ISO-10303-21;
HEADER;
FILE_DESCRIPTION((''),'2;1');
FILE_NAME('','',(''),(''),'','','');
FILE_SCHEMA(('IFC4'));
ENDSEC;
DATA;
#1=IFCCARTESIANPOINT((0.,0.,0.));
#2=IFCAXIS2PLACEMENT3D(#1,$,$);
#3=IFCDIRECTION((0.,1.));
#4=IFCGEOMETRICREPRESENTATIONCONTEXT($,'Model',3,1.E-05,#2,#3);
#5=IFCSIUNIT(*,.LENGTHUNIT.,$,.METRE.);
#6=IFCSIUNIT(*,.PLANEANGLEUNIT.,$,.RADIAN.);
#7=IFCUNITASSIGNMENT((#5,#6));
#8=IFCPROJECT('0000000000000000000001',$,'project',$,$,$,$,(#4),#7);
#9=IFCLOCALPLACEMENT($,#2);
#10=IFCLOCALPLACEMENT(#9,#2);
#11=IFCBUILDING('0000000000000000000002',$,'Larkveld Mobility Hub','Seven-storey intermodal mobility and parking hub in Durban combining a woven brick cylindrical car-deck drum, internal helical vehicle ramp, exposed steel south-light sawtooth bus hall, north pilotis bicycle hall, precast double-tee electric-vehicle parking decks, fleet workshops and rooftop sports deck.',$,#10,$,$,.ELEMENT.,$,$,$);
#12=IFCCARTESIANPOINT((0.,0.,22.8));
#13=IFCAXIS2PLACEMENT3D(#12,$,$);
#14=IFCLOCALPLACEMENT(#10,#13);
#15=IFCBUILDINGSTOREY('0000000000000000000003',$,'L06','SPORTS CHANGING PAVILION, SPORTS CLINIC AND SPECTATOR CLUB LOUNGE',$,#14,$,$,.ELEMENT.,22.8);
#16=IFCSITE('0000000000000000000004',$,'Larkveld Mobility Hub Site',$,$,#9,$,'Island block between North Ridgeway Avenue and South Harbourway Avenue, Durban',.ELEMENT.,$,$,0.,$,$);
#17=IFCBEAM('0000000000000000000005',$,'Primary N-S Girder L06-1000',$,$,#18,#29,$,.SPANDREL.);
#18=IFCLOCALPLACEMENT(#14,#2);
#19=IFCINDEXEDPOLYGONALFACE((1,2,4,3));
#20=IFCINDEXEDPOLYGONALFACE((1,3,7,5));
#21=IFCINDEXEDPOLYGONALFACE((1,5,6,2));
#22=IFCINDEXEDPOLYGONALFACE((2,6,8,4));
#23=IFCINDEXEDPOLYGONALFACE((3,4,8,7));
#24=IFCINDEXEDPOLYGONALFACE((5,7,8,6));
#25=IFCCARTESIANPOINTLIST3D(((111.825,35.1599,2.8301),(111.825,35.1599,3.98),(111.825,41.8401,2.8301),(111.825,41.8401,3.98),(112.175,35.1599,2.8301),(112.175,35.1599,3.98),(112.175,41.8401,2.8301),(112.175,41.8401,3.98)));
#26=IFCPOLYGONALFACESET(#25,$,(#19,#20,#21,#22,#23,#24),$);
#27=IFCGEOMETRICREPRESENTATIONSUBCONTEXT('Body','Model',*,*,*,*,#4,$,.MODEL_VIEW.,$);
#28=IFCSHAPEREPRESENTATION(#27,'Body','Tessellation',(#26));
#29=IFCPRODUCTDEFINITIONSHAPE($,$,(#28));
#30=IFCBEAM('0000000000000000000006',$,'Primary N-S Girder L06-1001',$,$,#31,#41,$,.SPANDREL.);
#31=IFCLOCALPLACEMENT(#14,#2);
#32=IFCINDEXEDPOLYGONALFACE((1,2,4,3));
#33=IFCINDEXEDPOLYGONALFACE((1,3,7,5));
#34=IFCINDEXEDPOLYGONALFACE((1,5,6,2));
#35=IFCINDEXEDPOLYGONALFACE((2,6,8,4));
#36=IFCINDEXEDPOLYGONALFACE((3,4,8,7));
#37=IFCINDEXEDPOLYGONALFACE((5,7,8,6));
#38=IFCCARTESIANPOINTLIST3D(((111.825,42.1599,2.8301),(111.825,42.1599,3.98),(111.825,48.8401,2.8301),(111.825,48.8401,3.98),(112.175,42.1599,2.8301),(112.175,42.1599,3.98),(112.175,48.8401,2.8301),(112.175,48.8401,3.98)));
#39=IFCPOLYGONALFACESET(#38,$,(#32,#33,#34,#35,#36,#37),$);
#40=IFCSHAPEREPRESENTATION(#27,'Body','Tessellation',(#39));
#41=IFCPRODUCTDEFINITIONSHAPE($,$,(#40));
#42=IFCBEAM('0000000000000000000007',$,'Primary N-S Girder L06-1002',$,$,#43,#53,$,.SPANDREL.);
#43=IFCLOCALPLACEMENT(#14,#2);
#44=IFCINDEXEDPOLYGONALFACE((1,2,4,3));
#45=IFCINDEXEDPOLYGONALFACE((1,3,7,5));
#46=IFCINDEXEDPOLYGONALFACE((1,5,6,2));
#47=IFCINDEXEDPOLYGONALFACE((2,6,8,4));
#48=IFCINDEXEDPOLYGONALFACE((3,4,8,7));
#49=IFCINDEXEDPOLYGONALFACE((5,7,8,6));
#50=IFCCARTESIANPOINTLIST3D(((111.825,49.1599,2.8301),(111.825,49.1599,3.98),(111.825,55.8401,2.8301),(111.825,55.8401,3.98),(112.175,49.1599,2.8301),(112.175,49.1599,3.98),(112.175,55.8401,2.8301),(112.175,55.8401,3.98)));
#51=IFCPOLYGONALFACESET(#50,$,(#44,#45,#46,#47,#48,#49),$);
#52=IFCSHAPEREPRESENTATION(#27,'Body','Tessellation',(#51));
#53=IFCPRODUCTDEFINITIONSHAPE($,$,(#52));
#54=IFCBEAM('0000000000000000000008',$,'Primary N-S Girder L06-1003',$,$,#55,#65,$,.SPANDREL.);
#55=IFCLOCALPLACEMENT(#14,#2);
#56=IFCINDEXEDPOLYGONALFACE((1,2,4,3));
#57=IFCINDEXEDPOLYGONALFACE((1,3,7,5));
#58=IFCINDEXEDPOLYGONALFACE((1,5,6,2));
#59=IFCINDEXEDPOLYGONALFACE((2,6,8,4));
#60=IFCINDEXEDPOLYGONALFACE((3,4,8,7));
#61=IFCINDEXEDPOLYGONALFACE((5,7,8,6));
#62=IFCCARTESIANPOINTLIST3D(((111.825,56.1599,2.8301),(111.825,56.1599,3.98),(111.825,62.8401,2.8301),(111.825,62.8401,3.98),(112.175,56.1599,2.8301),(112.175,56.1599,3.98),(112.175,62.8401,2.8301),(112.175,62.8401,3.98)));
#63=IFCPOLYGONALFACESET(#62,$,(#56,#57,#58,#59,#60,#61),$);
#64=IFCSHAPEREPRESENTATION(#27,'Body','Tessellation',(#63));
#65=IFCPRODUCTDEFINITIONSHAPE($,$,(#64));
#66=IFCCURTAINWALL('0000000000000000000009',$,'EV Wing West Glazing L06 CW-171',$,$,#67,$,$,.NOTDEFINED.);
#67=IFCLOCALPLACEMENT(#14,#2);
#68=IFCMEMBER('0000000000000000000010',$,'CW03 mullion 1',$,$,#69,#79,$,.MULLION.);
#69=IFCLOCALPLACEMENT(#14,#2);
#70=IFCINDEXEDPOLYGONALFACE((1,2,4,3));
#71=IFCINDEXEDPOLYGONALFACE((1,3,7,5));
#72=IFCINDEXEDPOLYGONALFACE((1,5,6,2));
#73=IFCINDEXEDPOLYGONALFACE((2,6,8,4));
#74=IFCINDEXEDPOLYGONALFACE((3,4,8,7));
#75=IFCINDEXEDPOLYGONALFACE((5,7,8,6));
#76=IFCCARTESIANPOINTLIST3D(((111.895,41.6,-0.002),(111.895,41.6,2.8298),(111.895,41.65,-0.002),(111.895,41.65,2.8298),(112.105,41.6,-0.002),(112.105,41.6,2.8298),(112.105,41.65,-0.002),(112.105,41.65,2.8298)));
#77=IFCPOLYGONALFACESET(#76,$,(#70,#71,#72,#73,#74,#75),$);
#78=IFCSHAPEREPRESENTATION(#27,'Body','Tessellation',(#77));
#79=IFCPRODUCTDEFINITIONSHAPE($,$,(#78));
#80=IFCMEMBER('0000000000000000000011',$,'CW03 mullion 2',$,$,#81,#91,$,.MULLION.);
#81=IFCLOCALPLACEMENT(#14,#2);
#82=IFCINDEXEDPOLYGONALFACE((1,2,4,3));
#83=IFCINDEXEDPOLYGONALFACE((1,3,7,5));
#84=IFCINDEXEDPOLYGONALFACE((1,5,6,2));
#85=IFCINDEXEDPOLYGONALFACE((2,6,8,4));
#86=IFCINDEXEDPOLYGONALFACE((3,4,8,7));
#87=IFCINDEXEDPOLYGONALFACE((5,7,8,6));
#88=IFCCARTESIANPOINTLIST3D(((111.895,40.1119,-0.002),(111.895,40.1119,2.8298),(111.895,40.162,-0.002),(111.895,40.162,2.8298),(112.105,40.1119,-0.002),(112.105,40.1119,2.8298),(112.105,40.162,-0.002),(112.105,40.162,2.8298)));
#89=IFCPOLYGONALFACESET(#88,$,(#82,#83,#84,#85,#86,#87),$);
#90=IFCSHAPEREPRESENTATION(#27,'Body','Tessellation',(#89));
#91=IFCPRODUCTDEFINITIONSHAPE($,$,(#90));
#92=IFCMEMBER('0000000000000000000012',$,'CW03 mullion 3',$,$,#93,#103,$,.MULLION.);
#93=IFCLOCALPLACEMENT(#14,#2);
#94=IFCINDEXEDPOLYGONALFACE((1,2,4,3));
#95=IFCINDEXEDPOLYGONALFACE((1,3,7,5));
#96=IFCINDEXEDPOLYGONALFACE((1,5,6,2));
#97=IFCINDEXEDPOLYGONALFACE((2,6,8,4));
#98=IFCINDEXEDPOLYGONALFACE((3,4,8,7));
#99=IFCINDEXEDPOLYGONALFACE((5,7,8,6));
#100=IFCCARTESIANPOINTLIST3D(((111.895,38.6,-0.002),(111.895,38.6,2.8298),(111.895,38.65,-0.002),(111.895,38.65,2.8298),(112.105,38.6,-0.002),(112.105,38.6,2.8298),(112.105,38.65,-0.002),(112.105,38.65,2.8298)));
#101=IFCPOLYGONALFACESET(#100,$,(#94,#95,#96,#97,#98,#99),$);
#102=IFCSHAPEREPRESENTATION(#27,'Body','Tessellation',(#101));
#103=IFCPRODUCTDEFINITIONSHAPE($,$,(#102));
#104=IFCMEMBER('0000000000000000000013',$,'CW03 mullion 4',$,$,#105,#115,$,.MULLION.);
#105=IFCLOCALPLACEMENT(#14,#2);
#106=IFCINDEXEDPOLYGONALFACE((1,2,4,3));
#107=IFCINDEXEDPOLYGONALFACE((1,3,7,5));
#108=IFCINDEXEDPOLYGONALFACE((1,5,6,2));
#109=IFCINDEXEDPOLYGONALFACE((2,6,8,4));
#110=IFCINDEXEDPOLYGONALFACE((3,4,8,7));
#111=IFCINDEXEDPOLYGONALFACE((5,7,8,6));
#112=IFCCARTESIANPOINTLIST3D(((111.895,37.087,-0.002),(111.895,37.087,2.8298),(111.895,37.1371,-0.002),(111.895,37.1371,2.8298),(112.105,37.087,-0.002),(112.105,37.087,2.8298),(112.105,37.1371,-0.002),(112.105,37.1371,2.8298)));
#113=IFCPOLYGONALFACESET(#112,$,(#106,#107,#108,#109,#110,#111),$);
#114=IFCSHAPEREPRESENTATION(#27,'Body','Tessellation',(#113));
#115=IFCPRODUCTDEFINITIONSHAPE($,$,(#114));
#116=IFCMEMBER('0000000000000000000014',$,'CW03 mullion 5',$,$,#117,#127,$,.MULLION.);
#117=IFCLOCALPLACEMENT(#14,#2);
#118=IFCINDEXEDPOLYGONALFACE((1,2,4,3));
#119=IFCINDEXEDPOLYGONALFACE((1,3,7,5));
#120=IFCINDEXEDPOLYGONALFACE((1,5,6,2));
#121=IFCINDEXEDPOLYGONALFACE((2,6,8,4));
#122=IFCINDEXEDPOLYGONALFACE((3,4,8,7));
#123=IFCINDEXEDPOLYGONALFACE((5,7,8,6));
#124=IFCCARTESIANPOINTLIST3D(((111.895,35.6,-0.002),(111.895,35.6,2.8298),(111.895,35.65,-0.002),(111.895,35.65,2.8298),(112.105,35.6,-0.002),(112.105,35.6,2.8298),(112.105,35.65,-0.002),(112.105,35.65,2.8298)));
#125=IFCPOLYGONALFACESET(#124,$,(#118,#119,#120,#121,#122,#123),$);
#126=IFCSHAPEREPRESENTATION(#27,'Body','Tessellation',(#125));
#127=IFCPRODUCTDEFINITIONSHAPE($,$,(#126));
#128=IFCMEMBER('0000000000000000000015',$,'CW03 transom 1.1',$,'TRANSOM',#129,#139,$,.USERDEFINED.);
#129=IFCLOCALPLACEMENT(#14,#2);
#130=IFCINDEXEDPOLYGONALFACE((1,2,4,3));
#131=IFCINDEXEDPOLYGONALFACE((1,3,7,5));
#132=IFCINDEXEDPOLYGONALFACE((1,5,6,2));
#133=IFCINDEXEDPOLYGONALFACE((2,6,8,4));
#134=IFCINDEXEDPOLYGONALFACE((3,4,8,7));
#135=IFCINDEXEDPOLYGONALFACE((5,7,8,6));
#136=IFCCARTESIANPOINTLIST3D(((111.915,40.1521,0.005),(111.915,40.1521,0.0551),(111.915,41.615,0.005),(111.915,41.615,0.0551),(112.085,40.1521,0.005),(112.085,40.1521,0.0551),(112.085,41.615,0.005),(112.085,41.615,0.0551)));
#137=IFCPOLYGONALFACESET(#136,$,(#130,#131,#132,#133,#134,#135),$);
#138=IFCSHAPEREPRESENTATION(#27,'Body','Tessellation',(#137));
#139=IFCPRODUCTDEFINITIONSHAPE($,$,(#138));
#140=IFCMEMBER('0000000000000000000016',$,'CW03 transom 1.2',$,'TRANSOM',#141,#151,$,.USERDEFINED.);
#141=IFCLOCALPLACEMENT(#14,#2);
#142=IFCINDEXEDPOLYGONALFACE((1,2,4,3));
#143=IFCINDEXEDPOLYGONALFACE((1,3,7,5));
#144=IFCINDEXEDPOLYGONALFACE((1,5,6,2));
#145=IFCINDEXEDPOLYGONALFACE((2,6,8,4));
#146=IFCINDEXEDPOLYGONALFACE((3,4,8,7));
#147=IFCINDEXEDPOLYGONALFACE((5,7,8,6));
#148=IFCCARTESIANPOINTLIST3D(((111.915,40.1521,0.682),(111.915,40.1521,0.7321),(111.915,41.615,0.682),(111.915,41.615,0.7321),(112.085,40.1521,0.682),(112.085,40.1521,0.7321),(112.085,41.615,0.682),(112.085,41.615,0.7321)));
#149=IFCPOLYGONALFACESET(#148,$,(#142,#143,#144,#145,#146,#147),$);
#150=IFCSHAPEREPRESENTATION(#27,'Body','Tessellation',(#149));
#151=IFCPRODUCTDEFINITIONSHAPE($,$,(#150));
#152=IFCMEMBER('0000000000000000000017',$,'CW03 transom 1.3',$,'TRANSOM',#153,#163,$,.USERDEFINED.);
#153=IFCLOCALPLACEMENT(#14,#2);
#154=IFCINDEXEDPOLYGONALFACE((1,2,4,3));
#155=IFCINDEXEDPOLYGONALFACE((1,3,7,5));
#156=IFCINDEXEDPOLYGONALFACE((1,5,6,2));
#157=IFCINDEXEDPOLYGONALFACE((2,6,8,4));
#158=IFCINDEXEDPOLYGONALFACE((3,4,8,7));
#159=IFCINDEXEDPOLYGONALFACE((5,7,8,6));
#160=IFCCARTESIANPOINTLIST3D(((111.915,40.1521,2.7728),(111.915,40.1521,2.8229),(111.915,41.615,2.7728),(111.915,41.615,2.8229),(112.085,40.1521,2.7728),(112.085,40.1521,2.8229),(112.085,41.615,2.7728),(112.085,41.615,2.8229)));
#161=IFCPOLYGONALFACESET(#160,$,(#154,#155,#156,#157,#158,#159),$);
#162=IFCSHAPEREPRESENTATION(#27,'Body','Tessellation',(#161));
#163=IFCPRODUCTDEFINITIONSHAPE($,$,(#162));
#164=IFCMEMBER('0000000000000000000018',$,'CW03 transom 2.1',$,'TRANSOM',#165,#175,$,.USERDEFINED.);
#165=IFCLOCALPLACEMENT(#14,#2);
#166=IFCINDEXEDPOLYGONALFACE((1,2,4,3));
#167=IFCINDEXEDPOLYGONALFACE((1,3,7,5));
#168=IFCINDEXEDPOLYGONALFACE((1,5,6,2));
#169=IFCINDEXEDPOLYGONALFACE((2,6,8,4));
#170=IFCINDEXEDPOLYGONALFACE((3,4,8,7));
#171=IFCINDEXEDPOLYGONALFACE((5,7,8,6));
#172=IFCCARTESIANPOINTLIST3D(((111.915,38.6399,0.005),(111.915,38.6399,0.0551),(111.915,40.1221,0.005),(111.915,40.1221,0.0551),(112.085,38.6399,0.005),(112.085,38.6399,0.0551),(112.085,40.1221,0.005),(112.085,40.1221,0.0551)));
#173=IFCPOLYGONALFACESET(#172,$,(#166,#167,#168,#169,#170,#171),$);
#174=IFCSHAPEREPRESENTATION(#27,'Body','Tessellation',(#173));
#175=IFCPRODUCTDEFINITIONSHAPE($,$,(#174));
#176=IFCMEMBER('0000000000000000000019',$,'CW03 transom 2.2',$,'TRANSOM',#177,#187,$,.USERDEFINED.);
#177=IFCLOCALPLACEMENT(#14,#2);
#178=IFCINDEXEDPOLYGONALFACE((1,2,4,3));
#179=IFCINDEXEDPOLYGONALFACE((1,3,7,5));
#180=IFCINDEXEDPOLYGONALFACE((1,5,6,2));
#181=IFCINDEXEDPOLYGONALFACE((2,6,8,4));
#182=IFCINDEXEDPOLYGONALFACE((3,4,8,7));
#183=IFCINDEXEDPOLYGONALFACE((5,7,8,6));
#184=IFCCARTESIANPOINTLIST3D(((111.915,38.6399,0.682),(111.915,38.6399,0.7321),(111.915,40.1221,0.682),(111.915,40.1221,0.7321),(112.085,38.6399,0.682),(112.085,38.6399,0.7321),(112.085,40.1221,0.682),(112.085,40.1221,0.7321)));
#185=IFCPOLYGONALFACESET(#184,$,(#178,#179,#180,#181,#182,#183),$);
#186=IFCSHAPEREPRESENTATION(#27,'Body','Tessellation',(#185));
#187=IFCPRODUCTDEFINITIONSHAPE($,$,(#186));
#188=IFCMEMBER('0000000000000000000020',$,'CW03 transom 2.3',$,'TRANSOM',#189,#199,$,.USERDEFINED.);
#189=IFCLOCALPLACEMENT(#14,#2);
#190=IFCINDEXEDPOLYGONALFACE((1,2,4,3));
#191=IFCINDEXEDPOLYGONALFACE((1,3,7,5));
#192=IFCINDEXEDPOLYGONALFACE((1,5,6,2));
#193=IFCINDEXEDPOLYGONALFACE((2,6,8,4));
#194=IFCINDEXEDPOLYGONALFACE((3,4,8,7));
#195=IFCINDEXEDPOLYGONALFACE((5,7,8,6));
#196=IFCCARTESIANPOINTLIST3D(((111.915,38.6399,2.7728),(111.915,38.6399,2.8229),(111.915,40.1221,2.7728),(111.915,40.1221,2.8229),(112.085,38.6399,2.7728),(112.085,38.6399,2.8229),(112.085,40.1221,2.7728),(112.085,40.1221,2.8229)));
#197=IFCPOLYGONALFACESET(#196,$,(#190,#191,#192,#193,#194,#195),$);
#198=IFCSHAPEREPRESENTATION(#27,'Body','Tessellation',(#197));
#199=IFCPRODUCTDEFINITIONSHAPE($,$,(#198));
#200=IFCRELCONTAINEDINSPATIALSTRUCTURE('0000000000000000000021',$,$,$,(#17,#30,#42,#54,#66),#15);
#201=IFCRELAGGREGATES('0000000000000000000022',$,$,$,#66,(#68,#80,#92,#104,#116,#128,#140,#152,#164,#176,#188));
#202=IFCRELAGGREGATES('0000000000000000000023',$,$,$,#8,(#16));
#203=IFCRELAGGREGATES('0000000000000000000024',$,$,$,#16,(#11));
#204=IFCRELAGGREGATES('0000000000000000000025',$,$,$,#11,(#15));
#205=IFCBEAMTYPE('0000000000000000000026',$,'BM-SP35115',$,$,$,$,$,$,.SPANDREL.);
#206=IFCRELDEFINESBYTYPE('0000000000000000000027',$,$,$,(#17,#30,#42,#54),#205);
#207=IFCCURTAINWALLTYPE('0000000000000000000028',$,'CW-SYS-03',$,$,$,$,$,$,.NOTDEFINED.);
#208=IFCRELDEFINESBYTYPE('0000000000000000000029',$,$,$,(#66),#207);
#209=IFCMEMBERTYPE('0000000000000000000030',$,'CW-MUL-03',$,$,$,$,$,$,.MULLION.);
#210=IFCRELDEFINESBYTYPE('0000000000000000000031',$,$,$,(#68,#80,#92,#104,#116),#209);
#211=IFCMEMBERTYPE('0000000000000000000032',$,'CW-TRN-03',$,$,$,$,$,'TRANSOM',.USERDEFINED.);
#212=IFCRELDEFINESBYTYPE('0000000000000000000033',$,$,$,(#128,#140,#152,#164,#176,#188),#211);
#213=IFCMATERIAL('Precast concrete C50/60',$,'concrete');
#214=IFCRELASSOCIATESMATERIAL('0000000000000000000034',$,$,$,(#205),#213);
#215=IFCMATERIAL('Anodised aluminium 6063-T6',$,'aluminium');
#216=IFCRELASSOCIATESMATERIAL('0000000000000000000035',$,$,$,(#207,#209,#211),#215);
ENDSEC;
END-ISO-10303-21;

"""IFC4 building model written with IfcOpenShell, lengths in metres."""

from ifc_helpers import new_model, si_unit, direction, frame, origin, origin_2d, place, context, subcontext, project, spatial, rectangle, extrude, material, material_profile, profile_set, type_object, element, aggregate, save


model = new_model("IFC4")

# Units and contexts
model_context = context("Model", 3, precision=1e-05, world=origin(), true_north=direction((0.0, 1.0)))
body_context = subcontext(model_context, "Body", "Model", "MODEL_VIEW")
ifc_project = project(units=[si_unit("LENGTHUNIT", "METRE"), si_unit("PLANEANGLEUNIT", "RADIAN")], contexts=[model_context])

# Site, building, storey
site_placement = place(None, origin())
site = spatial("IfcSite", under=ifc_project, at=site_placement, Name="Larkveld Mobility Hub Site", LongName="Island block between North Ridgeway Avenue and South Harbourway Avenue, Durban", CompositionType="ELEMENT", RefElevation=0.0)
building_placement = place(site_placement, origin())
building = spatial("IfcBuilding", under=site, at=building_placement, Name="Larkveld Mobility Hub", Description="Seven-storey intermodal mobility and parking hub in Durban combining a woven brick cylindrical car-deck drum, internal helical vehicle ramp, exposed steel south-light sawtooth bus hall, north pilotis bicycle hall, precast double-tee electric-vehicle parking decks, fleet workshops and rooftop sports deck.", CompositionType="ELEMENT")
storey_placement = place(building_placement, frame((0.0, 0.0, 22.8)))
storey = spatial("IfcBuildingStorey", under=building, at=storey_placement, Name="L06", Description="SPORTS CHANGING PAVILION, SPORTS CLINIC AND SPECTATOR CLUB LOUNGE", CompositionType="ELEMENT", Elevation=22.8)

# Beams
ifc_material_1 = material(Name="Precast concrete C50/60", Category="concrete")
ifc_material_profile_1 = material_profile(ifc_material_1, rectangle(XDim=0.3501, YDim=1.1499, at=origin_2d()), Name="PC SP 350x1150")
ifc_profile_set_1 = profile_set([ifc_material_profile_1], Name="Precast concrete C50/60")
beam_type = type_object("IfcBeamType", Name="BM-SP35115", PredefinedType="SPANDREL", material=ifc_profile_set_1)
for number, where, z_axis, x_axis, name in (
    (1, (112.0, 35.1599, 3.405), (0.0, 1.0, 0.0), (-1.0, 0.0, 0.0), "Primary N-S Girder L06-1000"),
    (2, (112.0, 42.1599, 3.405), (0.0, 1.0, 0.0), (-1.0, 0.0, 0.0), "Primary N-S Girder L06-1001"),
    (3, (112.0, 49.1599, 3.405), (0.0, 1.0, 0.0), (-1.0, 0.0, 0.0), "Primary N-S Girder L06-1002"),
    (4, (112.0, 56.1599, 3.405), (0.0, 1.0, 0.0), (-1.0, 0.0, 0.0), "Primary N-S Girder L06-1003"),
):
    element("IfcBeam", number, at=place(storey_placement, frame(where, z_axis=z_axis, x_axis=x_axis)), inside=storey, type_object=beam_type, Name=name, PredefinedType="SPANDREL", context=body_context, shape_type="SweptSolid", body=[
        extrude(rectangle(XDim=0.3501, YDim=1.1499, at=origin_2d()), origin(), (0.0, 0.0, 1.0), 6.6802),
    ])

# Curtain wall, members
ifc_material_2 = material(Name="Anodised aluminium 6063-T6", Category="aluminium")
curtain_wall_type = type_object("IfcCurtainWallType", Name="CW-SYS-03", PredefinedType="NOTDEFINED", material=ifc_material_2)
curtain_wall_placement = place(storey_placement, origin())
curtain_wall = element("IfcCurtainWall", 5, at=curtain_wall_placement, inside=storey, type_object=curtain_wall_type, Name="EV Wing West Glazing L06 CW-171", PredefinedType="NOTDEFINED")
ifc_material_profile_2 = material_profile(ifc_material_2, rectangle(XDim=0.05, YDim=0.21, at=origin_2d()), Name="ALU MULL 50x210")
ifc_profile_set_2 = profile_set([ifc_material_profile_2], Name="Anodised aluminium 6063-T6")
member_type_1 = type_object("IfcMemberType", Name="CW-MUL-03", PredefinedType="MULLION", material=ifc_profile_set_2)
member_1_placement = place(storey_placement, frame((112.0, 41.625, -0.002), z_axis=(0.0, 0.0, 1.0), x_axis=(0.0, -1.0, 0.0)))
member_1 = element("IfcMember", 6, at=member_1_placement, type_object=member_type_1, Name="CW03 mullion 1", PredefinedType="MULLION", context=body_context, shape_type="SweptSolid", body=[
    extrude(rectangle(XDim=0.05, YDim=0.21, at=origin_2d()), origin(), (0.0, 0.0, 1.0), 2.8318),
])
member_2_placement = place(storey_placement, frame((112.0, 40.137, -0.002), z_axis=(0.0, 0.0, 1.0), x_axis=(0.0, -1.0, 0.0)))
member_2 = element("IfcMember", 7, at=member_2_placement, type_object=member_type_1, Name="CW03 mullion 2", PredefinedType="MULLION", context=body_context, shape_type="SweptSolid", body=[
    extrude(rectangle(XDim=0.05, YDim=0.21, at=origin_2d()), origin(), (0.0, 0.0, 1.0), 2.8318),
])
member_3_placement = place(storey_placement, frame((112.0, 38.625, -0.002), z_axis=(0.0, 0.0, 1.0), x_axis=(0.0, -1.0, 0.0)))
member_3 = element("IfcMember", 8, at=member_3_placement, type_object=member_type_1, Name="CW03 mullion 3", PredefinedType="MULLION", context=body_context, shape_type="SweptSolid", body=[
    extrude(rectangle(XDim=0.05, YDim=0.21, at=origin_2d()), origin(), (0.0, 0.0, 1.0), 2.8318),
])
member_4_placement = place(storey_placement, frame((112.0, 37.1121, -0.002), z_axis=(0.0, 0.0, 1.0), x_axis=(0.0, -1.0, 0.0)))
member_4 = element("IfcMember", 9, at=member_4_placement, type_object=member_type_1, Name="CW03 mullion 4", PredefinedType="MULLION", context=body_context, shape_type="SweptSolid", body=[
    extrude(rectangle(XDim=0.05, YDim=0.21, at=origin_2d()), origin(), (0.0, 0.0, 1.0), 2.8318),
])
member_5_placement = place(storey_placement, frame((112.0, 35.625, -0.002), z_axis=(0.0, 0.0, 1.0), x_axis=(0.0, -1.0, 0.0)))
member_5 = element("IfcMember", 10, at=member_5_placement, type_object=member_type_1, Name="CW03 mullion 5", PredefinedType="MULLION", context=body_context, shape_type="SweptSolid", body=[
    extrude(rectangle(XDim=0.05, YDim=0.21, at=origin_2d()), origin(), (0.0, 0.0, 1.0), 2.8318),
])
ifc_material_profile_3 = material_profile(ifc_material_2, rectangle(XDim=0.1699, YDim=0.05, at=origin_2d()), Name="ALU TRAN 50x170")
ifc_profile_set_3 = profile_set([ifc_material_profile_3], Name="Anodised aluminium 6063-T6")
member_type_2 = type_object("IfcMemberType", Name="CW-TRN-03", ElementType="TRANSOM", PredefinedType="USERDEFINED", material=ifc_profile_set_3)
member_6_placement = place(storey_placement, frame((112.0, 41.615, 0.03), z_axis=(0.0, -1.0, 0.0), x_axis=(1.0, 0.0, 0.0)))
member_6 = element("IfcMember", 11, at=member_6_placement, type_object=member_type_2, Name="CW03 transom 1.1", ObjectType="TRANSOM", PredefinedType="USERDEFINED", context=body_context, shape_type="SweptSolid", body=[
    extrude(rectangle(XDim=0.1699, YDim=0.05, at=origin_2d()), origin(), (0.0, 0.0, 1.0), 1.4629),
])
member_7_placement = place(storey_placement, frame((112.0, 41.615, 0.707), z_axis=(0.0, -1.0, 0.0), x_axis=(1.0, 0.0, 0.0)))
member_7 = element("IfcMember", 12, at=member_7_placement, type_object=member_type_2, Name="CW03 transom 1.2", ObjectType="TRANSOM", PredefinedType="USERDEFINED", context=body_context, shape_type="SweptSolid", body=[
    extrude(rectangle(XDim=0.1699, YDim=0.05, at=origin_2d()), origin(), (0.0, 0.0, 1.0), 1.4629),
])
member_8_placement = place(storey_placement, frame((112.0, 41.615, 2.7979), z_axis=(0.0, -1.0, 0.0), x_axis=(1.0, 0.0, 0.0)))
member_8 = element("IfcMember", 13, at=member_8_placement, type_object=member_type_2, Name="CW03 transom 1.3", ObjectType="TRANSOM", PredefinedType="USERDEFINED", context=body_context, shape_type="SweptSolid", body=[
    extrude(rectangle(XDim=0.1699, YDim=0.05, at=origin_2d()), origin(), (0.0, 0.0, 1.0), 1.4629),
])
member_9_placement = place(storey_placement, frame((112.0, 40.1221, 0.03), z_axis=(0.0, -1.0, 0.0), x_axis=(1.0, 0.0, 0.0)))
member_9 = element("IfcMember", 14, at=member_9_placement, type_object=member_type_2, Name="CW03 transom 2.1", ObjectType="TRANSOM", PredefinedType="USERDEFINED", context=body_context, shape_type="SweptSolid", body=[
    extrude(rectangle(XDim=0.1699, YDim=0.05, at=origin_2d()), origin(), (0.0, 0.0, 1.0), 1.4822),
])
member_10_placement = place(storey_placement, frame((112.0, 40.1221, 0.707), z_axis=(0.0, -1.0, 0.0), x_axis=(1.0, 0.0, 0.0)))
member_10 = element("IfcMember", 15, at=member_10_placement, type_object=member_type_2, Name="CW03 transom 2.2", ObjectType="TRANSOM", PredefinedType="USERDEFINED", context=body_context, shape_type="SweptSolid", body=[
    extrude(rectangle(XDim=0.1699, YDim=0.05, at=origin_2d()), origin(), (0.0, 0.0, 1.0), 1.4822),
])
member_11_placement = place(storey_placement, frame((112.0, 40.1221, 2.7979), z_axis=(0.0, -1.0, 0.0), x_axis=(1.0, 0.0, 0.0)))
member_11 = element("IfcMember", 16, at=member_11_placement, type_object=member_type_2, Name="CW03 transom 2.3", ObjectType="TRANSOM", PredefinedType="USERDEFINED", context=body_context, shape_type="SweptSolid", body=[
    extrude(rectangle(XDim=0.1699, YDim=0.05, at=origin_2d()), origin(), (0.0, 0.0, 1.0), 1.4822),
])
aggregate(curtain_wall, [member_1, member_2, member_3, member_4, member_5, member_6, member_7, member_8, member_9, member_10, member_11])

save(model, "model.ifc")
